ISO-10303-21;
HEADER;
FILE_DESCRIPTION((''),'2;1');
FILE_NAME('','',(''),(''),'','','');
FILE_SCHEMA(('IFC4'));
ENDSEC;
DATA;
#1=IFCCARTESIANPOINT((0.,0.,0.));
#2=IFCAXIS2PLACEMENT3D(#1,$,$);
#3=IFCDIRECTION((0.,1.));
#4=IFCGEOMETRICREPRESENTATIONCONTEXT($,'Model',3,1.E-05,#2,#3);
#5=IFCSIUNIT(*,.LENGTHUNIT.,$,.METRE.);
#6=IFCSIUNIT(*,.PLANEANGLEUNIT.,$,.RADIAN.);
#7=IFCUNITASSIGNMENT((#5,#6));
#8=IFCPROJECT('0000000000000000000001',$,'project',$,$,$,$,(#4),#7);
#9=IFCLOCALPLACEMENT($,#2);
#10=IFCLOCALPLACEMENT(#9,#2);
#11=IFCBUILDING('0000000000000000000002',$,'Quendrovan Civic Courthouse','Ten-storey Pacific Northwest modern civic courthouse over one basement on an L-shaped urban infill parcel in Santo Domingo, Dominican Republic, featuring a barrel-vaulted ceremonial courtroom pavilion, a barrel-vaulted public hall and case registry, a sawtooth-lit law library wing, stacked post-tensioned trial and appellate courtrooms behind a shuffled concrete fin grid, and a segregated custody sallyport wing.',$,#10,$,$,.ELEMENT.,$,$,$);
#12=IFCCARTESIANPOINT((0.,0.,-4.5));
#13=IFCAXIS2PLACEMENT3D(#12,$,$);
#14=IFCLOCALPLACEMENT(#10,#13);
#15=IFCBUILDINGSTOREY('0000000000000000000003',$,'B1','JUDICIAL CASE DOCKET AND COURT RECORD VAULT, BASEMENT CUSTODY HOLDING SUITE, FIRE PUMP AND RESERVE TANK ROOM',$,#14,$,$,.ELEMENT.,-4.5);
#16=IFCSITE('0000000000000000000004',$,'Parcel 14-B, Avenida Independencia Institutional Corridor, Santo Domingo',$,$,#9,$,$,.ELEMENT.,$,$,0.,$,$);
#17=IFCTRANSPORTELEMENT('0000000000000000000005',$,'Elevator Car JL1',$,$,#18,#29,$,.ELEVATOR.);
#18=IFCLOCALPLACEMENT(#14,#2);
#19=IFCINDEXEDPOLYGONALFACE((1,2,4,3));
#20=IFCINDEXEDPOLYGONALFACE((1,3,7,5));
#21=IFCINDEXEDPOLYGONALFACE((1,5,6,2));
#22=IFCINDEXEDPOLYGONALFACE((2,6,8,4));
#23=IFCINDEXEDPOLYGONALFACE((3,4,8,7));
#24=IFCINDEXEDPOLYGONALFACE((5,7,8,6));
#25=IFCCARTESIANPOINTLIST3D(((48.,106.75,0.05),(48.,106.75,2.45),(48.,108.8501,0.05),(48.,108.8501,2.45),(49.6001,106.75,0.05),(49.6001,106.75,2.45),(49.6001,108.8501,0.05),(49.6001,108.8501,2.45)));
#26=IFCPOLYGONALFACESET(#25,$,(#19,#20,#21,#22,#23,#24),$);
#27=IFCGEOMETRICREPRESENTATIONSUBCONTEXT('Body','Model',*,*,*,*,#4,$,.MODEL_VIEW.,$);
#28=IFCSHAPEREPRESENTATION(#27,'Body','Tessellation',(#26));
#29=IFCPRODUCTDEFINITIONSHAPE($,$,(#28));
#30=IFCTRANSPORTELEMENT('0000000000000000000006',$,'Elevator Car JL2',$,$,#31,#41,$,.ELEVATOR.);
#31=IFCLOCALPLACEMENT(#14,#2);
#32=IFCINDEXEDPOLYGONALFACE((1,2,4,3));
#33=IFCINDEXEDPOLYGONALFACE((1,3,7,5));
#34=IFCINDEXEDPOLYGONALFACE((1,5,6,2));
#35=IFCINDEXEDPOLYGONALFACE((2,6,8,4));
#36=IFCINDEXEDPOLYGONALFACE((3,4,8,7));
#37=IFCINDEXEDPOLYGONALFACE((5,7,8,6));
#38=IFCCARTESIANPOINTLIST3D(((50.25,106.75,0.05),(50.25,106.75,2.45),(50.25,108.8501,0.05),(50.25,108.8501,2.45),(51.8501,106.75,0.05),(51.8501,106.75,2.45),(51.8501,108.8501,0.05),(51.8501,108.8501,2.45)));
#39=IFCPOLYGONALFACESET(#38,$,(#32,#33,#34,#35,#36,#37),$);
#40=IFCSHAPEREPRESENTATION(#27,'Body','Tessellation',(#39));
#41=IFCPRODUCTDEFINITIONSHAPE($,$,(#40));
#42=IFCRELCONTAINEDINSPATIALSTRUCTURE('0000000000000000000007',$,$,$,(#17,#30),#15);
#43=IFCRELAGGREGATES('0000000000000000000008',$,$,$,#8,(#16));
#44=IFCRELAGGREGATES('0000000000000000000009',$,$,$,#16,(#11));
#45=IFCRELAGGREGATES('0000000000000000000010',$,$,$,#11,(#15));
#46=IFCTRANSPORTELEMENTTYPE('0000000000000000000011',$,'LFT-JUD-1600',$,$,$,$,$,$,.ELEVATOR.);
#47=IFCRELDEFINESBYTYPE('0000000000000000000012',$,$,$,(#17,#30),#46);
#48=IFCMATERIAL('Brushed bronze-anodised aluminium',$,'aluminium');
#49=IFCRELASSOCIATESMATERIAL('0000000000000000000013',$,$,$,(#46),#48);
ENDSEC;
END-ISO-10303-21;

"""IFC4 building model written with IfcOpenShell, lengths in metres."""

from ifc_helpers import new_model, si_unit, direction, frame, origin, origin_2d, place, context, subcontext, project, spatial, rectangle, extrude, material, type_object, element, save


model = new_model("IFC4")

# Units and contexts
model_context = context("Model", 3, precision=1e-05, world=origin(), true_north=direction((0.0, 1.0)))
body_context = subcontext(model_context, "Body", "Model", "MODEL_VIEW")
ifc_project = project(units=[si_unit("LENGTHUNIT", "METRE"), si_unit("PLANEANGLEUNIT", "RADIAN")], contexts=[model_context])

# Site, building, storey
site_placement = place(None, origin())
site = spatial("IfcSite", under=ifc_project, at=site_placement, Name="Parcel 14-B, Avenida Independencia Institutional Corridor, Santo Domingo", CompositionType="ELEMENT", RefElevation=0.0)
building_placement = place(site_placement, origin())
building = spatial("IfcBuilding", under=site, at=building_placement, Name="Quendrovan Civic Courthouse", Description="Ten-storey Pacific Northwest modern civic courthouse over one basement on an L-shaped urban infill parcel in Santo Domingo, Dominican Republic, featuring a barrel-vaulted ceremonial courtroom pavilion, a barrel-vaulted public hall and case registry, a sawtooth-lit law library wing, stacked post-tensioned trial and appellate courtrooms behind a shuffled concrete fin grid, and a segregated custody sallyport wing.", CompositionType="ELEMENT")
storey_placement = place(building_placement, frame((0.0, 0.0, -4.5)))
storey = spatial("IfcBuildingStorey", under=building, at=storey_placement, Name="B1", Description="JUDICIAL CASE DOCKET AND COURT RECORD VAULT, BASEMENT CUSTODY HOLDING SUITE, FIRE PUMP AND RESERVE TANK ROOM", CompositionType="ELEMENT", Elevation=-4.5)

# Transport elements
ifc_material_1 = material(Name="Brushed bronze-anodised aluminium", Category="aluminium")
transport_element_type = type_object("IfcTransportElementType", Name="LFT-JUD-1600", PredefinedType="ELEVATOR", material=ifc_material_1)
for number, where, z_axis, x_axis, name in (
    (1, (48.8, 107.8, 0.05), (0.0, 0.0, 1.0), (1.0, 0.0, 0.0), "Elevator Car JL1"),
    (2, (51.05, 107.8, 0.05), (0.0, 0.0, 1.0), (1.0, 0.0, 0.0), "Elevator Car JL2"),
):
    element("IfcTransportElement", number, at=place(storey_placement, frame(where, z_axis=z_axis, x_axis=x_axis)), inside=storey, type_object=transport_element_type, Name=name, PredefinedType="ELEVATOR", context=body_context, shape_type="SweptSolid", body=[
        extrude(rectangle(XDim=1.6001, YDim=2.1001, at=origin_2d()), origin(), (0.0, 0.0, 1.0), 2.3999),
    ])

save(model, "model.ifc")
